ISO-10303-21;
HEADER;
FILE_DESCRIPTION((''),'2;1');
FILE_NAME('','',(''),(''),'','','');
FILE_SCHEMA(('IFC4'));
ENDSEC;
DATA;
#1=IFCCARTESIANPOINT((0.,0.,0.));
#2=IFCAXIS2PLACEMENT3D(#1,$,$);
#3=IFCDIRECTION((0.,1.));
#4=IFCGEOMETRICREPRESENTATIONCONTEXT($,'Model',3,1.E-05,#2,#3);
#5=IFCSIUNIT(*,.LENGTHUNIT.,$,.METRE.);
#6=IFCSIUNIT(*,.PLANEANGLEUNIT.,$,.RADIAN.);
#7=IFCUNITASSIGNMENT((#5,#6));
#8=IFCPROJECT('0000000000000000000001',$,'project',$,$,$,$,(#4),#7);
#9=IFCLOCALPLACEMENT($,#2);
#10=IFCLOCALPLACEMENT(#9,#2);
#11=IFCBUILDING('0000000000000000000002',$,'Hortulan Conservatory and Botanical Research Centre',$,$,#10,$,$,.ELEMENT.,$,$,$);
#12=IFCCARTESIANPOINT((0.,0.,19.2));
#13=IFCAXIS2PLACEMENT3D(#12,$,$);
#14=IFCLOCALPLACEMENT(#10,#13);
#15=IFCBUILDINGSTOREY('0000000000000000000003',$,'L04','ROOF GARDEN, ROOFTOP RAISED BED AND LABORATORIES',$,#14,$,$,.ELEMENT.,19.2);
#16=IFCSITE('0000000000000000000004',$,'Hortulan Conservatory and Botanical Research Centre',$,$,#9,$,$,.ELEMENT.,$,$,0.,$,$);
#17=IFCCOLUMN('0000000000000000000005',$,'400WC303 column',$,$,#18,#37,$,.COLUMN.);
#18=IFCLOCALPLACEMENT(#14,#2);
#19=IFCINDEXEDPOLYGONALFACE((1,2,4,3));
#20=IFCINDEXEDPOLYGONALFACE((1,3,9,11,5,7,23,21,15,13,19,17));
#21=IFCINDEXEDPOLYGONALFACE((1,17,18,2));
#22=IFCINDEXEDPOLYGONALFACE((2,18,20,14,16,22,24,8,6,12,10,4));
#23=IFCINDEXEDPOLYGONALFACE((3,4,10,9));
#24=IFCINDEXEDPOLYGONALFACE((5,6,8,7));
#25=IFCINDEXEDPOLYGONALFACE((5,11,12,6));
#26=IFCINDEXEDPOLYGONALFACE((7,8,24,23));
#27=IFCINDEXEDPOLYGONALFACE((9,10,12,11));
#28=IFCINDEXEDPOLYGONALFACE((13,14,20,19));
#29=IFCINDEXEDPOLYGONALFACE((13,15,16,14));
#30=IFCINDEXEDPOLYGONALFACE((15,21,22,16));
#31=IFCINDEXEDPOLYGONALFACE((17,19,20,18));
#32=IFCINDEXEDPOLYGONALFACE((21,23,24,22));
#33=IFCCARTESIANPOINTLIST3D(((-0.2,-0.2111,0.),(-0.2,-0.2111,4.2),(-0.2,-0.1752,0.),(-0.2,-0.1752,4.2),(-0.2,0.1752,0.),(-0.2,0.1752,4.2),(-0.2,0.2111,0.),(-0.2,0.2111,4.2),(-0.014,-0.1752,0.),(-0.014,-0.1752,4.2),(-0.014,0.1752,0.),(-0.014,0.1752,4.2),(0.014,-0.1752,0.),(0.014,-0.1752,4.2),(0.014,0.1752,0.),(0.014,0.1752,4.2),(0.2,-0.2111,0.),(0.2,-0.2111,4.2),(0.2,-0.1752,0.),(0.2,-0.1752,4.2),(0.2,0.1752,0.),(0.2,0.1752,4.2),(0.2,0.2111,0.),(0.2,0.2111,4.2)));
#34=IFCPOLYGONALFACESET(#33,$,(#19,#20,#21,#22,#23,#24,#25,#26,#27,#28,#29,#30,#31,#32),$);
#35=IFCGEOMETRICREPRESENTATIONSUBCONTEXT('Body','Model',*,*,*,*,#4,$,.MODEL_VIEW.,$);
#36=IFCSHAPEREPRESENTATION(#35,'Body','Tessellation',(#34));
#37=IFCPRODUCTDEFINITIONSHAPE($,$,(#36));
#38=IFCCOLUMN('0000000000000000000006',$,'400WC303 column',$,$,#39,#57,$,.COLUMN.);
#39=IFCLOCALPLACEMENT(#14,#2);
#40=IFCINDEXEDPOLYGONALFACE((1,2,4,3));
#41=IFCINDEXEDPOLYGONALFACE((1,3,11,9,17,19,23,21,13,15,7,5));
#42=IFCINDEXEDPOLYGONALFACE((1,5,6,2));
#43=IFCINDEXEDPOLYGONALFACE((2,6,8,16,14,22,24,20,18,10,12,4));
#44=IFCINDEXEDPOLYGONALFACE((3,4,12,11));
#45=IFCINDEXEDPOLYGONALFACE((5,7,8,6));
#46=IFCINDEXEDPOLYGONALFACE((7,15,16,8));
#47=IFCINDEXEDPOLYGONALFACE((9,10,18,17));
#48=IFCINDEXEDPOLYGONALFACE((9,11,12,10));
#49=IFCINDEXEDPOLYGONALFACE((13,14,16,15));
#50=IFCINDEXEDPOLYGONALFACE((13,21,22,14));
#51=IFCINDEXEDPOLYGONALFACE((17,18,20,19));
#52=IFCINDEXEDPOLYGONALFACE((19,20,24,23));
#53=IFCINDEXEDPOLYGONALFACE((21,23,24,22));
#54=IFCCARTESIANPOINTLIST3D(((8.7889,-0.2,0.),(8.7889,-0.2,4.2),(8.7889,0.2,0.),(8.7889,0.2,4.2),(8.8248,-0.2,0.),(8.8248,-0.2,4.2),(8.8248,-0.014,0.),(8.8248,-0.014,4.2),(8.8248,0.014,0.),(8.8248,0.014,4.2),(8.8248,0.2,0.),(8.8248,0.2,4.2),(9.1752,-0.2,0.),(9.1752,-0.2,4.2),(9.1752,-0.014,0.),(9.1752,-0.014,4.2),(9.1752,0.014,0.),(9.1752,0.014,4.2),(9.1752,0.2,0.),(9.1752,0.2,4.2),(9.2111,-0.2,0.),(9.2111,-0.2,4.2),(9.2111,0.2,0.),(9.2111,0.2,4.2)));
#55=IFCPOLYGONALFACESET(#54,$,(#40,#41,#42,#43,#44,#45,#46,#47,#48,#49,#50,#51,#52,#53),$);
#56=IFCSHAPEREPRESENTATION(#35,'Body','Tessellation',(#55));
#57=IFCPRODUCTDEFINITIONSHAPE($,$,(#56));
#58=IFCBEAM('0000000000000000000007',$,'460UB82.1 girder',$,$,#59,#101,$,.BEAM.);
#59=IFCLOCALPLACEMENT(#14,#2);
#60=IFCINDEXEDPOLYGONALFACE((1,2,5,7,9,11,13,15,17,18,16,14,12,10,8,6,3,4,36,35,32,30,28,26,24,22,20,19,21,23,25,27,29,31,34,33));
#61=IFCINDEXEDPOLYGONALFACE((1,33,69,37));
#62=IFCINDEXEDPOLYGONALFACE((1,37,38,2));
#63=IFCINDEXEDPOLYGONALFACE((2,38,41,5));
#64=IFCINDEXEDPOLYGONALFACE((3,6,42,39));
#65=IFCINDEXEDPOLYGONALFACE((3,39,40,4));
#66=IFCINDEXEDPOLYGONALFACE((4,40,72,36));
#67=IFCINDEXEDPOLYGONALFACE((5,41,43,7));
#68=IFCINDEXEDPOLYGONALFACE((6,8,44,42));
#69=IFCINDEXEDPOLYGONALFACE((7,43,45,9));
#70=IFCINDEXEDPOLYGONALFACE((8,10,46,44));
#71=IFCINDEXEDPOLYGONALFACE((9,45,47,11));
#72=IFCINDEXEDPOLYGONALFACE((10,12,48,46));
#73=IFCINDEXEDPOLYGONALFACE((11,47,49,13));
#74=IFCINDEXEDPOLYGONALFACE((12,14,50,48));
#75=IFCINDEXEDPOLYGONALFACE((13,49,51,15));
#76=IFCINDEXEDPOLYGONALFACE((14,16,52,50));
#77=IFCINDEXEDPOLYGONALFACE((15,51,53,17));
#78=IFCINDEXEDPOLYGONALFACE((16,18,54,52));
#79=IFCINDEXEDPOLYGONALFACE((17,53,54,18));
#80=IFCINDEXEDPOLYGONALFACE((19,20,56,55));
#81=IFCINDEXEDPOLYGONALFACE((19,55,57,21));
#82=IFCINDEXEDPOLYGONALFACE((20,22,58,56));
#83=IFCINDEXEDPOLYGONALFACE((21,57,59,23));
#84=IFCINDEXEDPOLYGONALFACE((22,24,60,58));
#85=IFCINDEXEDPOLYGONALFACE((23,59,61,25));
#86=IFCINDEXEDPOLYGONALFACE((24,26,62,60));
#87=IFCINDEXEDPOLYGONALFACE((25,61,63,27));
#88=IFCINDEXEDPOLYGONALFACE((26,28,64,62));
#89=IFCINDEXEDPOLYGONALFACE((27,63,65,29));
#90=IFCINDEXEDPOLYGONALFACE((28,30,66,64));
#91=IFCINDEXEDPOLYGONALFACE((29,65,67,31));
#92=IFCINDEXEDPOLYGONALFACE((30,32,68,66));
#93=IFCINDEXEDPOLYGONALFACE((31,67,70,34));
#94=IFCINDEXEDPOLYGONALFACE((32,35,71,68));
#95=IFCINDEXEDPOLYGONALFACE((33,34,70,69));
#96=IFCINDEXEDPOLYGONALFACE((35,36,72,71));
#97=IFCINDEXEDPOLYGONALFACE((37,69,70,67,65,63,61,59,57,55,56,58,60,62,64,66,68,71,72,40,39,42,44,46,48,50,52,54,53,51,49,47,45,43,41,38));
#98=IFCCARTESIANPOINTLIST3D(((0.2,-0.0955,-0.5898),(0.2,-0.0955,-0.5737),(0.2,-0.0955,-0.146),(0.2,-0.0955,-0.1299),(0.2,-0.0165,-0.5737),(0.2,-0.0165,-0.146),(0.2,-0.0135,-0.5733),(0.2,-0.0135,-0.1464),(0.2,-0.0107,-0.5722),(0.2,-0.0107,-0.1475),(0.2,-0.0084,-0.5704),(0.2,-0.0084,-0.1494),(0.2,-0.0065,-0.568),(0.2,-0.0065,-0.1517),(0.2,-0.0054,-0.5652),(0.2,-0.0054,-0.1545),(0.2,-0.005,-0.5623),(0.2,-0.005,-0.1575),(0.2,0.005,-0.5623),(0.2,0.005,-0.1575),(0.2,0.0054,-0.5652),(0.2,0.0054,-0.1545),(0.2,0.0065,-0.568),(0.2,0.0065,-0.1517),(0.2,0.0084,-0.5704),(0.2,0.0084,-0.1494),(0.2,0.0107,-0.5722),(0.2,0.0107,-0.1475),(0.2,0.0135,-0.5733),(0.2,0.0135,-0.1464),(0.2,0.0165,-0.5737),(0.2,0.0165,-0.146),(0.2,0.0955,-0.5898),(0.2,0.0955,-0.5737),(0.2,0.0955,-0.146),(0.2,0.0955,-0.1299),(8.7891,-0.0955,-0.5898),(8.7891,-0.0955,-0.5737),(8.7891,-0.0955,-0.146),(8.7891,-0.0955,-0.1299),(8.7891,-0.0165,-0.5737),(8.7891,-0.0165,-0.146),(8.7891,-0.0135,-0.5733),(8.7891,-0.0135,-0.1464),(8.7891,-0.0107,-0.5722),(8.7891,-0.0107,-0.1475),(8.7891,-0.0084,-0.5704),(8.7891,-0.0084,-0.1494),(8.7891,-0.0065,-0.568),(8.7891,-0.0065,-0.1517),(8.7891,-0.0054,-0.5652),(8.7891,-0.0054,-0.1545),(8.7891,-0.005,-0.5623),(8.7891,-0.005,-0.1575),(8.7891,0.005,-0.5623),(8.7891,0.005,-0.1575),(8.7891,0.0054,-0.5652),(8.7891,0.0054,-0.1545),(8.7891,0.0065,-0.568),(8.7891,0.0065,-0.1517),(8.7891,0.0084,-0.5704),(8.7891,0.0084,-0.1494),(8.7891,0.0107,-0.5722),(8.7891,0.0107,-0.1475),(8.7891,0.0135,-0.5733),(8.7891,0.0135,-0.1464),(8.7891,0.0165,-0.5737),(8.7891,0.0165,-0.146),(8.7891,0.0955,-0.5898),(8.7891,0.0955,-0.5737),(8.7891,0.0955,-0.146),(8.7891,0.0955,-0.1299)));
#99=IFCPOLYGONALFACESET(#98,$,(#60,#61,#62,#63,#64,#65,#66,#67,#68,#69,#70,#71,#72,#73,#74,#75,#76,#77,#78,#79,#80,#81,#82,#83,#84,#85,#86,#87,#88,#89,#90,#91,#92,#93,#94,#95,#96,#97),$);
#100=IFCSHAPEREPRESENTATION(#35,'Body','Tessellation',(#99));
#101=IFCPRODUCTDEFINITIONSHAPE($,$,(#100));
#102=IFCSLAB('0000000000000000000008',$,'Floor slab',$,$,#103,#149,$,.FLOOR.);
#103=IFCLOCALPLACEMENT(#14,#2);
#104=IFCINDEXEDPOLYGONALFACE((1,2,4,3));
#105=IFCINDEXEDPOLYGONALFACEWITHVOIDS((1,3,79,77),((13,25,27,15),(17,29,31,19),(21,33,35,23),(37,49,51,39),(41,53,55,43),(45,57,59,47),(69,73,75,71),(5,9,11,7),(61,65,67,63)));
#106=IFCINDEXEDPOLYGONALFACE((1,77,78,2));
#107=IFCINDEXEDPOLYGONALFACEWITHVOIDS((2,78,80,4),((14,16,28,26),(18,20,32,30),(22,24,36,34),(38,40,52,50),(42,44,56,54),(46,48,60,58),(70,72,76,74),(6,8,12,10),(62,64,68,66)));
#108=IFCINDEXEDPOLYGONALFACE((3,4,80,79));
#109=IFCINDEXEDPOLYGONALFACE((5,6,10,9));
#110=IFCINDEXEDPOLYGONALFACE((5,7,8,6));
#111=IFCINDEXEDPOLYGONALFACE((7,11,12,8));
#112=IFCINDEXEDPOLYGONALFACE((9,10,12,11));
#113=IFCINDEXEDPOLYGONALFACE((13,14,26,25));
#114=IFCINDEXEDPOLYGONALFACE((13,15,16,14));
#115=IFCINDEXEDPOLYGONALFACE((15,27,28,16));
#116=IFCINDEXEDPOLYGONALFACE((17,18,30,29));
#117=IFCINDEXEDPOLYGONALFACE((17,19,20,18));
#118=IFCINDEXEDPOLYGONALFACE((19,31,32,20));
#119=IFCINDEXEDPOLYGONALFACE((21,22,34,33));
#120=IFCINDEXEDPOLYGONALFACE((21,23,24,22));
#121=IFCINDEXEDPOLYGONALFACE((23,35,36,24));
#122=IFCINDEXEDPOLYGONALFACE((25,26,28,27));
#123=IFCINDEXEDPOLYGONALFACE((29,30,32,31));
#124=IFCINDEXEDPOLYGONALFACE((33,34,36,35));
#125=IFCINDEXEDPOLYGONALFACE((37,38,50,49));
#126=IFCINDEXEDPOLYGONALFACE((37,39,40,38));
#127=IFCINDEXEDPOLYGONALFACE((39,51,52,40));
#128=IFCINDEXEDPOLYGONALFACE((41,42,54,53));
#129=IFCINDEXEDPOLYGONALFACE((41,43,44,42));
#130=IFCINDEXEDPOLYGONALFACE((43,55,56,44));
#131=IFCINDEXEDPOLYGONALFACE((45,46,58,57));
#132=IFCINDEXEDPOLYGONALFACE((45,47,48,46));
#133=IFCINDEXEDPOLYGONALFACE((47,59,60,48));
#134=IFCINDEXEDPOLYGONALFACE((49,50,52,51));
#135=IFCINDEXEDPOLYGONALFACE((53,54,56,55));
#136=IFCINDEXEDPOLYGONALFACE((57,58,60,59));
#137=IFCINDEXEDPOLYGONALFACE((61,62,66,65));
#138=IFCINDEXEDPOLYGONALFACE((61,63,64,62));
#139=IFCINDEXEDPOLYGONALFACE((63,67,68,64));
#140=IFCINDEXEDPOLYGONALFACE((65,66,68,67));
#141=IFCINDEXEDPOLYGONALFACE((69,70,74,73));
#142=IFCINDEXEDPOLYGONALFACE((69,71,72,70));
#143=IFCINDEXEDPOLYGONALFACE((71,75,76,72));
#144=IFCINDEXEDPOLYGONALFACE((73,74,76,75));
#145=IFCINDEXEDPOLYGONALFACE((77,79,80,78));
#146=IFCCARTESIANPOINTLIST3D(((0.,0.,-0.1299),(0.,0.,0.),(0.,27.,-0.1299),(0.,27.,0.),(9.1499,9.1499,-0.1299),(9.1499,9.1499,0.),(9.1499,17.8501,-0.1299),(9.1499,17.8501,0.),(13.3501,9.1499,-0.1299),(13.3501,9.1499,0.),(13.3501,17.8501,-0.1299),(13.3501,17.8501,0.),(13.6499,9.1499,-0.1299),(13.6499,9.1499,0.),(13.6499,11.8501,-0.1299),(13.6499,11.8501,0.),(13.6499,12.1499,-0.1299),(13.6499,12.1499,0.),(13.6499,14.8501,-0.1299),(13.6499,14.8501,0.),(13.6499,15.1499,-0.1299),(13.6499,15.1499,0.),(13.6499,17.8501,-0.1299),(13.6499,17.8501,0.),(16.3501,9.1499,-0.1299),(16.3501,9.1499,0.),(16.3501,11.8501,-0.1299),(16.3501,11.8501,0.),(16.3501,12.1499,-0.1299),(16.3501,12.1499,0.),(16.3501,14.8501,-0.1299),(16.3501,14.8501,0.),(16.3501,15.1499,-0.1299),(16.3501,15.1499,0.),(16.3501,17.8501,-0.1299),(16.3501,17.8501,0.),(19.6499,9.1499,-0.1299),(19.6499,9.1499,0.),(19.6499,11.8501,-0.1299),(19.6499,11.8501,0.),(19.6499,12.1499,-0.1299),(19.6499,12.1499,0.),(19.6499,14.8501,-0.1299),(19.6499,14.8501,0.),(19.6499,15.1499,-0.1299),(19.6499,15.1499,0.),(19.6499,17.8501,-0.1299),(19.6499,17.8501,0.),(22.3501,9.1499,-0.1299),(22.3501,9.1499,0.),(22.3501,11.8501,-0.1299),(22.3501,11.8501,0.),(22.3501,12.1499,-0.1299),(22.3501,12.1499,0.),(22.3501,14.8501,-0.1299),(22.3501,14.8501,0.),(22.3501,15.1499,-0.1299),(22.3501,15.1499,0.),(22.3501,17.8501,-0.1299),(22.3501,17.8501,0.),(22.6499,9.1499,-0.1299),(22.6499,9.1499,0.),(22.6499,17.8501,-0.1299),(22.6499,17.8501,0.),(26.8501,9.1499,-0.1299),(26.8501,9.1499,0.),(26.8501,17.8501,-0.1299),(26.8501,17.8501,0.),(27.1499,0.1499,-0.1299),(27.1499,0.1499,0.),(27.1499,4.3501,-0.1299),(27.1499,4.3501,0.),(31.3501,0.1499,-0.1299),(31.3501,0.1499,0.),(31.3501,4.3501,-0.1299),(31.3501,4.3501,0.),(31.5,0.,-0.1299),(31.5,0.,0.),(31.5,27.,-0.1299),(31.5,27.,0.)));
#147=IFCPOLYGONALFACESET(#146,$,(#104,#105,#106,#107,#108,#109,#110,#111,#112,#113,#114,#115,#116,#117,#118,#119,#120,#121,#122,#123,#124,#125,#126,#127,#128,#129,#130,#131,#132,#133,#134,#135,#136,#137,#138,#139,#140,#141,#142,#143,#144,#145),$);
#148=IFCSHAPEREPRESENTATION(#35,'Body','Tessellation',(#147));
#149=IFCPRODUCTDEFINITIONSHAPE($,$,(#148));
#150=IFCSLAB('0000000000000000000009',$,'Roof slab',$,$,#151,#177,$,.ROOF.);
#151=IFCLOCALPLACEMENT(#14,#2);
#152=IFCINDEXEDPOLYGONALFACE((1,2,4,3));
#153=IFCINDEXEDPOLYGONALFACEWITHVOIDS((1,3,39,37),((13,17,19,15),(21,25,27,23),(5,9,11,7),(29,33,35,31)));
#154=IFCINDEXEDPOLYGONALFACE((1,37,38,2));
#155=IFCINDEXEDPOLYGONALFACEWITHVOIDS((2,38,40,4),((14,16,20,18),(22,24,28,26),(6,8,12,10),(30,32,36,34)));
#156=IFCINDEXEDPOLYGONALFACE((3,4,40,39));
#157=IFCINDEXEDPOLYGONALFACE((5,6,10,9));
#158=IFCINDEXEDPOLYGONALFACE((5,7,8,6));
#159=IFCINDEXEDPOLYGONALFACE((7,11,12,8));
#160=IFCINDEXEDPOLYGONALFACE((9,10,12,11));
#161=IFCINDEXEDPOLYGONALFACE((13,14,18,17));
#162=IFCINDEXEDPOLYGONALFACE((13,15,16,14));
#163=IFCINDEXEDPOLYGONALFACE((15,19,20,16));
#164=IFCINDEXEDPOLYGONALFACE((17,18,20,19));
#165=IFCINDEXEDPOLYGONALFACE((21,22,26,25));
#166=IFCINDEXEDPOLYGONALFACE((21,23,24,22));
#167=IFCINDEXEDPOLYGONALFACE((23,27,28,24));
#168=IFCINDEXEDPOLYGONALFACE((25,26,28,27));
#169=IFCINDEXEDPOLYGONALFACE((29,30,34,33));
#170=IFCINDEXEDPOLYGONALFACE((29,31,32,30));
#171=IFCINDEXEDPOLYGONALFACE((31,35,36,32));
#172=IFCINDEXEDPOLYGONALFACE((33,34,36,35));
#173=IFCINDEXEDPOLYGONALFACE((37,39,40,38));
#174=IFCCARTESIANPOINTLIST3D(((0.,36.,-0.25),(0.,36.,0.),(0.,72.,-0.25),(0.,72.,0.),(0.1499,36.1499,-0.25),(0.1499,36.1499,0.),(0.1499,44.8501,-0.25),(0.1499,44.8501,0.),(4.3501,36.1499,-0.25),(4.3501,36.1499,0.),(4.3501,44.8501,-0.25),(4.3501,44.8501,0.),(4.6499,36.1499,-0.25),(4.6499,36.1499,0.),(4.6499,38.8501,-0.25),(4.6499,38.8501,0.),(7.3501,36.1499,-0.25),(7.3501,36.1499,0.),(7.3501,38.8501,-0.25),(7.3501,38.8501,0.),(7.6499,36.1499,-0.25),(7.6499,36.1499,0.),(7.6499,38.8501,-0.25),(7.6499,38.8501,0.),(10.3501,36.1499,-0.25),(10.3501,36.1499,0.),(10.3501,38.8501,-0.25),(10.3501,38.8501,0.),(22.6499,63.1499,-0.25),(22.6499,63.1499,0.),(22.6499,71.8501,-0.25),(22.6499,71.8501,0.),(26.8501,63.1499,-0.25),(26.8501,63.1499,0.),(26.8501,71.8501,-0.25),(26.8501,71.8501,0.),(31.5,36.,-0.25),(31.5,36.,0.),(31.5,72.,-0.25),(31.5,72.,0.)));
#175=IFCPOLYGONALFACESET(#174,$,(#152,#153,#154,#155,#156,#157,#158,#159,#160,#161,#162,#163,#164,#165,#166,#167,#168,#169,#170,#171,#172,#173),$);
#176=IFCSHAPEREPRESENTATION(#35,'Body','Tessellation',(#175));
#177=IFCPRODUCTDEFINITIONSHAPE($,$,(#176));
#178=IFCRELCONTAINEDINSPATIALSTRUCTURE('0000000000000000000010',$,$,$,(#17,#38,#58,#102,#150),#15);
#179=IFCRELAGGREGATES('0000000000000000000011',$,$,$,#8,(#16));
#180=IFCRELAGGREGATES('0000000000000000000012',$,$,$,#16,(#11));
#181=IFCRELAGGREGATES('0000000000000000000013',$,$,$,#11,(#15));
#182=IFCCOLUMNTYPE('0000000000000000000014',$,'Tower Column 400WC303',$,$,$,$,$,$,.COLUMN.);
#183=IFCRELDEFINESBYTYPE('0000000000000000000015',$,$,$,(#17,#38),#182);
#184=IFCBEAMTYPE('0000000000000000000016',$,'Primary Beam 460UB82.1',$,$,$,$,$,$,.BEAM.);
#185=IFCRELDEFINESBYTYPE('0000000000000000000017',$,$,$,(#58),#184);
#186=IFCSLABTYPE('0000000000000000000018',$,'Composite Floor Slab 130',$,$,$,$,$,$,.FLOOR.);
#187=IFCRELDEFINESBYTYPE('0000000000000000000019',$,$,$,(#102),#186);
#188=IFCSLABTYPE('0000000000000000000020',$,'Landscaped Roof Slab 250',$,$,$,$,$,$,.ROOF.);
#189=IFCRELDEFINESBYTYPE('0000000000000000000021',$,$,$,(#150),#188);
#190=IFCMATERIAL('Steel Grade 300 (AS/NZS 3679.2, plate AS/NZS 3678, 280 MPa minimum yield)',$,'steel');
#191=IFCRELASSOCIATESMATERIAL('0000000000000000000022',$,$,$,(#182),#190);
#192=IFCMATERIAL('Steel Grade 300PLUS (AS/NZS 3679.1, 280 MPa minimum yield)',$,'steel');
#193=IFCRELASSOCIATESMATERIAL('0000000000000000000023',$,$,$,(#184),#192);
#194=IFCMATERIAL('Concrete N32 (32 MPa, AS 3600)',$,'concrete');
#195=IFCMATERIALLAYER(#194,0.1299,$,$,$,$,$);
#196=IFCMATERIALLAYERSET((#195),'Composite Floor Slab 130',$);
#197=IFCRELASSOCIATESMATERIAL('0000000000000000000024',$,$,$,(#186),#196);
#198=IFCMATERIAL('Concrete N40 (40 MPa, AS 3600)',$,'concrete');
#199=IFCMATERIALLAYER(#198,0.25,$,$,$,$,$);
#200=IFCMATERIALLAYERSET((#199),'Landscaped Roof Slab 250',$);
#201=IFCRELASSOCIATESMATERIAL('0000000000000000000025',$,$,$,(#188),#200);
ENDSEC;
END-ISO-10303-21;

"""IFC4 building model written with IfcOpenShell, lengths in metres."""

from ifc_helpers import new_model, si_unit, direction, frame, origin, origin_2d, place, context, subcontext, project, spatial, polyline, i_section, outline, extrude, material, layer, layer_set, material_profile, profile_set, type_object, element, save


model = new_model("IFC4")

# Units and contexts
model_context = context("Model", 3, precision=1e-05, world=origin(), true_north=direction((0.0, 1.0)))
body_context = subcontext(model_context, "Body", "Model", "MODEL_VIEW")
ifc_project = project(units=[si_unit("LENGTHUNIT", "METRE"), si_unit("PLANEANGLEUNIT", "RADIAN")], contexts=[model_context])

# Site, building, storey
site_placement = place(None, origin())
site = spatial("IfcSite", under=ifc_project, at=site_placement, Name="Hortulan Conservatory and Botanical Research Centre", CompositionType="ELEMENT", RefElevation=0.0)
building_placement = place(site_placement, origin())
building = spatial("IfcBuilding", under=site, at=building_placement, Name="Hortulan Conservatory and Botanical Research Centre", CompositionType="ELEMENT")
storey_placement = place(building_placement, frame((0.0, 0.0, 19.2)))
storey = spatial("IfcBuildingStorey", under=building, at=storey_placement, Name="L04", Description="ROOF GARDEN, ROOFTOP RAISED BED AND LABORATORIES", CompositionType="ELEMENT", Elevation=19.2)

# Columns
ifc_material_1 = material(Name="Steel Grade 300 (AS/NZS 3679.2, plate AS/NZS 3678, 280 MPa minimum yield)", Category="steel")
ifc_material_profile_1 = material_profile(ifc_material_1, i_section(OverallWidth=0.3999, OverallDepth=0.4221, WebThickness=0.0281, FlangeThickness=0.0359, at=origin_2d()), Name="400WC303")
ifc_profile_set_1 = profile_set([ifc_material_profile_1], Name="Steel Grade 300 (AS/NZS 3679.2, plate AS/NZS 3678, 280 MPa minimum yield)")
column_type = type_object("IfcColumnType", Name="Tower Column 400WC303", PredefinedType="COLUMN", material=ifc_profile_set_1)
for number, where, z_axis, x_axis, name in (
    (1, (0.0, 0.0, 0.0), (0.0, 0.0, 1.0), (1.0, 0.0, 0.0), "400WC303 column"),
    (2, (9.0, 0.0, 0.0), (0.0, 0.0, 1.0), (0.0, 1.0, 0.0), "400WC303 column"),
):
    element("IfcColumn", number, at=place(storey_placement, frame(where, z_axis=z_axis, x_axis=x_axis)), inside=storey, type_object=column_type, Name=name, PredefinedType="COLUMN", context=body_context, shape_type="SweptSolid", body=[
        extrude(i_section(OverallWidth=0.3999, OverallDepth=0.4221, WebThickness=0.0281, FlangeThickness=0.0359, at=origin_2d()), origin(), (0.0, 0.0, 1.0), 4.2),
    ])

# Beam
ifc_material_2 = material(Name="Steel Grade 300PLUS (AS/NZS 3679.1, 280 MPa minimum yield)", Category="steel")
ifc_material_profile_2 = material_profile(ifc_material_2, i_section(OverallWidth=0.1909, OverallDepth=0.46, WebThickness=0.01, FlangeThickness=0.0161, FilletRadius=0.0115, at=origin_2d()), Name="460UB82.1")
ifc_profile_set_2 = profile_set([ifc_material_profile_2], Name="Steel Grade 300PLUS (AS/NZS 3679.1, 280 MPa minimum yield)")
beam_type = type_object("IfcBeamType", Name="Primary Beam 460UB82.1", PredefinedType="BEAM", material=ifc_profile_set_2)
beam_placement = place(storey_placement, frame((0.2, 0.0, -0.3599), z_axis=(1.0, 0.0, 0.0), x_axis=(0.0, 1.0, 0.0)))
element("IfcBeam", 3, at=beam_placement, inside=storey, type_object=beam_type, Name="460UB82.1 girder", PredefinedType="BEAM", context=body_context, shape_type="SweptSolid", body=[
    extrude(i_section(OverallWidth=0.1909, OverallDepth=0.46, WebThickness=0.01, FlangeThickness=0.0161, FilletRadius=0.0115, at=origin_2d()), origin(), (0.0, 0.0, 1.0), 8.5891),
])

# Slabs
ifc_material_3 = material(Name="Concrete N32 (32 MPa, AS 3600)", Category="concrete")
ifc_layer_1 = layer(ifc_material_3, 0.1299)
ifc_layer_set_1 = layer_set([ifc_layer_1], Name="Composite Floor Slab 130")
slab_type_1 = type_object("IfcSlabType", Name="Composite Floor Slab 130", PredefinedType="FLOOR", material=ifc_layer_set_1)
slab_1_placement = place(storey_placement, frame((0.0, 0.0, -0.1299)))
element("IfcSlab", 4, at=slab_1_placement, inside=storey, type_object=slab_type_1, Name="Floor slab", PredefinedType="FLOOR", context=body_context, shape_type="SweptSolid", body=[
    extrude(outline(polyline([(0.0, 0.0), (31.5, 0.0), (31.5, 27.0), (0.0, 27.0), (0.0, 0.0)]), holes=[polyline([(27.1499, 4.3501), (27.1499, 0.1499), (31.3501, 0.1499), (31.3501, 4.3501), (27.1499, 4.3501)]), polyline([(13.6499, 11.8501), (13.6499, 9.1499), (16.3501, 9.1499), (16.3501, 11.8501), (13.6499, 11.8501)]), polyline([(19.6499, 11.8501), (19.6499, 9.1499), (22.3501, 9.1499), (22.3501, 11.8501), (19.6499, 11.8501)]), polyline([(9.1499, 17.8501), (9.1499, 9.1499), (13.3501, 9.1499), (13.3501, 17.8501), (9.1499, 17.8501)]), polyline([(13.6499, 14.8501), (13.6499, 12.1499), (16.3501, 12.1499), (16.3501, 14.8501), (13.6499, 14.8501)]), polyline([(19.6499, 14.8501), (19.6499, 12.1499), (22.3501, 12.1499), (22.3501, 14.8501), (19.6499, 14.8501)]), polyline([(22.6499, 17.8501), (22.6499, 9.1499), (26.8501, 9.1499), (26.8501, 17.8501), (22.6499, 17.8501)]), polyline([(16.3501, 17.8501), (13.6499, 17.8501), (13.6499, 15.1499), (16.3501, 15.1499), (16.3501, 17.8501)]), polyline([(22.3501, 17.8501), (19.6499, 17.8501), (19.6499, 15.1499), (22.3501, 15.1499), (22.3501, 17.8501)])]), origin(), (0.0, 0.0, 1.0), 0.1299),
])
ifc_material_4 = material(Name="Concrete N40 (40 MPa, AS 3600)", Category="concrete")
ifc_layer_2 = layer(ifc_material_4, 0.25)
ifc_layer_set_2 = layer_set([ifc_layer_2], Name="Landscaped Roof Slab 250")
slab_type_2 = type_object("IfcSlabType", Name="Landscaped Roof Slab 250", PredefinedType="ROOF", material=ifc_layer_set_2)
slab_2_placement = place(storey_placement, frame((0.0, 0.0, -0.25)))
element("IfcSlab", 5, at=slab_2_placement, inside=storey, type_object=slab_type_2, Name="Roof slab", PredefinedType="ROOF", context=body_context, shape_type="SweptSolid", body=[
    extrude(outline(polyline([(0.0, 36.0), (31.5, 36.0), (31.5, 72.0), (0.0, 72.0), (0.0, 36.0)]), holes=[polyline([(4.6499, 36.1499), (7.3501, 36.1499), (7.3501, 38.8501), (4.6499, 38.8501), (4.6499, 36.1499)]), polyline([(7.6499, 36.1499), (10.3501, 36.1499), (10.3501, 38.8501), (7.6499, 38.8501), (7.6499, 36.1499)]), polyline([(0.1499, 36.1499), (4.3501, 36.1499), (4.3501, 44.8501), (0.1499, 44.8501), (0.1499, 36.1499)]), polyline([(22.6499, 63.1499), (26.8501, 63.1499), (26.8501, 71.8501), (22.6499, 71.8501), (22.6499, 63.1499)])]), origin(), (0.0, 0.0, 1.0), 0.25),
])

save(model, "model.ifc")
